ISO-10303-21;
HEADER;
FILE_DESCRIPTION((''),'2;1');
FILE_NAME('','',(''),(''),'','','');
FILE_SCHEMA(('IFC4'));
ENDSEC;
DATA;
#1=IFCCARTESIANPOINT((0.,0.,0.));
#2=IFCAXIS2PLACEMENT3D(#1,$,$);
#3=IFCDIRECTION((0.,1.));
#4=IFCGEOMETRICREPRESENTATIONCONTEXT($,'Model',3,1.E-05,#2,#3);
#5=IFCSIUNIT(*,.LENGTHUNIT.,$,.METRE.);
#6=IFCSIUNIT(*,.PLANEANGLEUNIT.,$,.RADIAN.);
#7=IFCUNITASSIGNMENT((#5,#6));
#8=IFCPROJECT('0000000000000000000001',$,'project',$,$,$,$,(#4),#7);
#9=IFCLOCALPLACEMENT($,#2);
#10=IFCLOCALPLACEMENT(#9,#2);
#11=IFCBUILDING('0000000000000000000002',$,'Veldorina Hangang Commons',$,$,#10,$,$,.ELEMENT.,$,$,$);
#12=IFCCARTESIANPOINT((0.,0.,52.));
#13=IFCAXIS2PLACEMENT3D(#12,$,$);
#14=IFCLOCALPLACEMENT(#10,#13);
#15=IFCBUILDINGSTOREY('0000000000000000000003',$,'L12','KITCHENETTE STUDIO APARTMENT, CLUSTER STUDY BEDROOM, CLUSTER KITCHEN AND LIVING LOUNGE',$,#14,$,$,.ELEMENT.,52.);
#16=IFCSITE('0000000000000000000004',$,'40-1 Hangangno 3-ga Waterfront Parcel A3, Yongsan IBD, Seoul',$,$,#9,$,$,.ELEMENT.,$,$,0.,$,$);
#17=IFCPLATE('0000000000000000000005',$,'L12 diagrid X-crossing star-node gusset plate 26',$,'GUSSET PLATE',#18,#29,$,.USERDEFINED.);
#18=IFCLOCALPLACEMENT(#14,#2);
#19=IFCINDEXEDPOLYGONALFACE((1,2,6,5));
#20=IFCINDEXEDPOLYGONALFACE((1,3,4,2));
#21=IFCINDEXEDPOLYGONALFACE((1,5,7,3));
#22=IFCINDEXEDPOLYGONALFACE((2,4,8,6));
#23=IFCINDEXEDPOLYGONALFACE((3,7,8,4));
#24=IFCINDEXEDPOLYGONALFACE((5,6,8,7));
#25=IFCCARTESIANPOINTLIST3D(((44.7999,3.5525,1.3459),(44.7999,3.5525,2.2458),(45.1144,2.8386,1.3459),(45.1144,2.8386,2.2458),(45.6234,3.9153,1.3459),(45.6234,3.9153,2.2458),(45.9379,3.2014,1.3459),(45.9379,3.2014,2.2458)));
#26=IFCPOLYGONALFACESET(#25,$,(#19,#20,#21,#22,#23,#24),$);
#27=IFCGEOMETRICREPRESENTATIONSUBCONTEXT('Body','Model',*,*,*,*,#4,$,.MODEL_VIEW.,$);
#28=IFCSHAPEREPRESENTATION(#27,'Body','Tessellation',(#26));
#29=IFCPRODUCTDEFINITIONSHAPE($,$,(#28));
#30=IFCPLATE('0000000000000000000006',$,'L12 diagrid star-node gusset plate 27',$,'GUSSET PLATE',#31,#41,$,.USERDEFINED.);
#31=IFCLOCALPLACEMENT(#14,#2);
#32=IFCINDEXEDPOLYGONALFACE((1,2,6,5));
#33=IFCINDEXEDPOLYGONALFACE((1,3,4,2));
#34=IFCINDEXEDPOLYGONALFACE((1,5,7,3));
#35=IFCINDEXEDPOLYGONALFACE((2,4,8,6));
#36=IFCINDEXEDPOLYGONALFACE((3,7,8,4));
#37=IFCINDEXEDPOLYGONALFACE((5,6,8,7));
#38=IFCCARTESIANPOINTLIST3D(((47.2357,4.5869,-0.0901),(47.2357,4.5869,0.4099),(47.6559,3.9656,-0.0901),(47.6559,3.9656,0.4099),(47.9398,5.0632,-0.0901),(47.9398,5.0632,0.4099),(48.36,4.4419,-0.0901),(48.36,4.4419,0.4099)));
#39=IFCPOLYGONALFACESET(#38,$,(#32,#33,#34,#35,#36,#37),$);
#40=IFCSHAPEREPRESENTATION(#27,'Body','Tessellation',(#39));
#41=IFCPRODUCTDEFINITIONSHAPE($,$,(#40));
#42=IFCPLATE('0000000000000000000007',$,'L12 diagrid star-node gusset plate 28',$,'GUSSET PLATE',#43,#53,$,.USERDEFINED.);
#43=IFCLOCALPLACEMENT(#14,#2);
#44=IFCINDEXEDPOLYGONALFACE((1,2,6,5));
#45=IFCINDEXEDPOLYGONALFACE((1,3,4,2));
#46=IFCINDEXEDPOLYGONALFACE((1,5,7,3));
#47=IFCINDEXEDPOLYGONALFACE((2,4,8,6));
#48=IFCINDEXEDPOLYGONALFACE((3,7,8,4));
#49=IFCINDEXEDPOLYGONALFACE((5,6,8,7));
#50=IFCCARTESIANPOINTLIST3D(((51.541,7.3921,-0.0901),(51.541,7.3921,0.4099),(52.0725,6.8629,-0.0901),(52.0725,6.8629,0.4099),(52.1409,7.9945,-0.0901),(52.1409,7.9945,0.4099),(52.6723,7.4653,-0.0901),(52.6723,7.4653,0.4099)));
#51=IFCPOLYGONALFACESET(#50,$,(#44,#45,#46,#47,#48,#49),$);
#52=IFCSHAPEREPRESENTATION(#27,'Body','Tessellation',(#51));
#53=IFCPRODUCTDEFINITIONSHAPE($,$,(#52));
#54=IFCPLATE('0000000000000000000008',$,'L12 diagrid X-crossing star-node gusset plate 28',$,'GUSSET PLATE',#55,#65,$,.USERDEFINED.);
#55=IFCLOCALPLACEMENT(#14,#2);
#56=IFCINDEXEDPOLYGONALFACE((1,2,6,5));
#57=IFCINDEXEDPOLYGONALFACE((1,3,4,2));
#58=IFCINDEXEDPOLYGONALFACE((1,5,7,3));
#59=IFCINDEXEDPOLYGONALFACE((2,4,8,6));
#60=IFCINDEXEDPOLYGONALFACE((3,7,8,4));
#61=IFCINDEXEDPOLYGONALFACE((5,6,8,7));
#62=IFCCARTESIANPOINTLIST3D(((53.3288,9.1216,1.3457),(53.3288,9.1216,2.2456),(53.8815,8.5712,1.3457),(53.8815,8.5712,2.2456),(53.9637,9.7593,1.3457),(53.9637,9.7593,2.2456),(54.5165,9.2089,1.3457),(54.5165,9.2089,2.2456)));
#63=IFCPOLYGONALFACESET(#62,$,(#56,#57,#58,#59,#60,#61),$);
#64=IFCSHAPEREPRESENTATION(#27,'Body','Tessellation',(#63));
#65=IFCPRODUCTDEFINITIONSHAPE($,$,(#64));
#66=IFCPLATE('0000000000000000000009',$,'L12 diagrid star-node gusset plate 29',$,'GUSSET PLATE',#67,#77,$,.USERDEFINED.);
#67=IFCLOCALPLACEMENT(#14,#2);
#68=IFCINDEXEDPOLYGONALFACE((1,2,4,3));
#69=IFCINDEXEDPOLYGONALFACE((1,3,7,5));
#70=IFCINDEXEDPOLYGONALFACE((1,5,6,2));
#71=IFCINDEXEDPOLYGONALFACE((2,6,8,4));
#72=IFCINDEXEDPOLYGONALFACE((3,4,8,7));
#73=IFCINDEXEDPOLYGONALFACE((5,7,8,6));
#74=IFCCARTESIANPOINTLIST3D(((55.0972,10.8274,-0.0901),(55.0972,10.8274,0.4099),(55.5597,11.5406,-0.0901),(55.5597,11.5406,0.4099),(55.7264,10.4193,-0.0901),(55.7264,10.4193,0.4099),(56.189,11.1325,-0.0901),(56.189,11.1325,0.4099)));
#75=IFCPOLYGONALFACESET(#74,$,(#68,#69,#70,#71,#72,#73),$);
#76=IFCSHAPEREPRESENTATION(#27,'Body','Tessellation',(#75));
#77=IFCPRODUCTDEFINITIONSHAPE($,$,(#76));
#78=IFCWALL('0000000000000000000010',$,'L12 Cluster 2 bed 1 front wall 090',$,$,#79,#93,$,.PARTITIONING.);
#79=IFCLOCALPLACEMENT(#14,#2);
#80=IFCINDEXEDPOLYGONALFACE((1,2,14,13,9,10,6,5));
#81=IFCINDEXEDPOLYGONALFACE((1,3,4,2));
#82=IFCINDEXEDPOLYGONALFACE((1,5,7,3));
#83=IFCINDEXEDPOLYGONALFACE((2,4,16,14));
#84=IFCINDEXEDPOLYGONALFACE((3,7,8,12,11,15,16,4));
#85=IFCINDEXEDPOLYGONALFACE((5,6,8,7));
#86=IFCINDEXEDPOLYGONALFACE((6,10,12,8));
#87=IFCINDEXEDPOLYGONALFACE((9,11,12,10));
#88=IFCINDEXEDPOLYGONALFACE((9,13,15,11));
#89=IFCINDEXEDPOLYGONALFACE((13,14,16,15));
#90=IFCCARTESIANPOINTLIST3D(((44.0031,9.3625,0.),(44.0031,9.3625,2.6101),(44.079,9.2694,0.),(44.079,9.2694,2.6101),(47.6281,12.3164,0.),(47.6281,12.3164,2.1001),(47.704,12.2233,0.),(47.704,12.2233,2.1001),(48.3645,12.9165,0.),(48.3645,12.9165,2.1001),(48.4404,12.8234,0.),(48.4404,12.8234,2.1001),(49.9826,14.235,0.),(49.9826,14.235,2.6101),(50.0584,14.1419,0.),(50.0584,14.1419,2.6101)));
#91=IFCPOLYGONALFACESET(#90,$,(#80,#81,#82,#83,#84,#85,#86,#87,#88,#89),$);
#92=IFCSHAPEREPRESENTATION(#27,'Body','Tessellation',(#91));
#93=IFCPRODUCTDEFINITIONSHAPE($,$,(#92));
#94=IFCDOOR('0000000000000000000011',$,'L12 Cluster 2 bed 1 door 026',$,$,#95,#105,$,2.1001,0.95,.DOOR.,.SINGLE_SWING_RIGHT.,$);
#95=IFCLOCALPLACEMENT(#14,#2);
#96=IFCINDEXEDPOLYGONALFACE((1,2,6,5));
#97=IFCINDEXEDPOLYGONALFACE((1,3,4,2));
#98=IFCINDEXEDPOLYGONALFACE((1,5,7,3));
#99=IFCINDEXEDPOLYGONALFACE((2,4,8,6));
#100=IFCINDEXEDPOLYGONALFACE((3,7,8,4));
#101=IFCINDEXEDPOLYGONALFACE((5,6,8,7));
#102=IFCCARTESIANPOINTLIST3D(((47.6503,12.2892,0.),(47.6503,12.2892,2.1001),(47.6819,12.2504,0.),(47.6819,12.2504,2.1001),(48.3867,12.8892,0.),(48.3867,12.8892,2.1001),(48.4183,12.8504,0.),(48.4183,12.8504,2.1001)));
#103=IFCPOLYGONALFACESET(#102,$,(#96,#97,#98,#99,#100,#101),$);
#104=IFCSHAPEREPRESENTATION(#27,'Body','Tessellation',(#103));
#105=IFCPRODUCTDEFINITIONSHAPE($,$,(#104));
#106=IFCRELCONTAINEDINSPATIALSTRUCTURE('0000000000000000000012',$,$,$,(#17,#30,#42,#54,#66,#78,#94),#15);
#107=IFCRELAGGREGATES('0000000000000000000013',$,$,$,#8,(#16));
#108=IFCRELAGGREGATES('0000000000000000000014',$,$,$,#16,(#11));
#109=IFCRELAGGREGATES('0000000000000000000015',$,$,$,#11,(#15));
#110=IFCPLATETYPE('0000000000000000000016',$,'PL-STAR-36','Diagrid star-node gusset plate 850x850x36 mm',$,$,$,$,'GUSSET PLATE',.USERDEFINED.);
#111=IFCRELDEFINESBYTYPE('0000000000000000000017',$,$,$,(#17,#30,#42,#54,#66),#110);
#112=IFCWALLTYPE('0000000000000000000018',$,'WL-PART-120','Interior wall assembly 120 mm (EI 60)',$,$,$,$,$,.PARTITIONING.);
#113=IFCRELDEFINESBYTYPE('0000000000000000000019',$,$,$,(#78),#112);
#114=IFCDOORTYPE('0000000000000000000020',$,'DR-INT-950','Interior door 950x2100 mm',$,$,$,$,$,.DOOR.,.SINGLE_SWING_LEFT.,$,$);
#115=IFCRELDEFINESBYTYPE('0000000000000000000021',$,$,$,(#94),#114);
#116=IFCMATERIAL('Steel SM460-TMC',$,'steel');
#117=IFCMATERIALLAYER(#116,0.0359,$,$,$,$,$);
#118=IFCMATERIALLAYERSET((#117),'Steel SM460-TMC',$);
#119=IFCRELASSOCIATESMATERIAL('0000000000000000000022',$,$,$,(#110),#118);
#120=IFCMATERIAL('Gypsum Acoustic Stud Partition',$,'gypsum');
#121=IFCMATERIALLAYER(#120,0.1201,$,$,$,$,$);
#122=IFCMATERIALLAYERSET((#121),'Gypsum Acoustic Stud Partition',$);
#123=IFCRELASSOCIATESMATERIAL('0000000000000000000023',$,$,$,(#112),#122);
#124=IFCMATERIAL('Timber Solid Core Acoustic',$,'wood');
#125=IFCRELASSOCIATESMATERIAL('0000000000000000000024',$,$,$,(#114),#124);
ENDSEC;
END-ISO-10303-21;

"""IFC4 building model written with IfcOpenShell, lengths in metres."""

from ifc_helpers import new_model, si_unit, direction, frame, frame_2d, origin, origin_2d, place, context, subcontext, project, spatial, rectangle, extrude, material, layer, layer_set, type_object, element, fill, save


model = new_model("IFC4")

# Units and contexts
model_context = context("Model", 3, precision=1e-05, world=origin(), true_north=direction((0.0, 1.0)))
body_context = subcontext(model_context, "Body", "Model", "MODEL_VIEW")
ifc_project = project(units=[si_unit("LENGTHUNIT", "METRE"), si_unit("PLANEANGLEUNIT", "RADIAN")], contexts=[model_context])

# Site, building, storey
site_placement = place(None, origin())
site = spatial("IfcSite", under=ifc_project, at=site_placement, Name="40-1 Hangangno 3-ga Waterfront Parcel A3, Yongsan IBD, Seoul", CompositionType="ELEMENT", RefElevation=0.0)
building_placement = place(site_placement, origin())
building = spatial("IfcBuilding", under=site, at=building_placement, Name="Veldorina Hangang Commons", CompositionType="ELEMENT")
storey_placement = place(building_placement, frame((0.0, 0.0, 52.0)))
storey = spatial("IfcBuildingStorey", under=building, at=storey_placement, Name="L12", Description="KITCHENETTE STUDIO APARTMENT, CLUSTER STUDY BEDROOM, CLUSTER KITCHEN AND LIVING LOUNGE", CompositionType="ELEMENT", Elevation=52.0)

# Shared definitions
ifc_material_1 = material(Name="Steel SM460-TMC", Category="steel")

# Plates
ifc_layer_1 = layer(ifc_material_1, 0.0359)
ifc_layer_set_1 = layer_set([ifc_layer_1], Name="Steel SM460-TMC")
plate_type_1 = type_object("IfcPlateType", Name="PL-STAR-36", Description="Diagrid star-node gusset plate 850x850x36 mm", ElementType="GUSSET PLATE", PredefinedType="USERDEFINED", material=ifc_layer_set_1)
plate_1_placement = place(storey_placement, frame((45.3689, 3.377, 1.3459), z_axis=(0.0, 0.0, 1.0), x_axis=(0.915143, 0.40313, 0.0)))
element("IfcPlate", 1, at=plate_1_placement, inside=storey, type_object=plate_type_1, Name="L12 diagrid X-crossing star-node gusset plate 26", ObjectType="GUSSET PLATE", PredefinedType="USERDEFINED", context=body_context, shape_type="SweptSolid", body=[
    extrude(rectangle(XDim=0.8999, YDim=0.78, at=origin_2d()), origin(), (0.0, 0.0, 1.0), 0.8999),
])
for number, where, z_axis, x_axis, name in (
    (2, (47.7979, 4.5144, -0.0901), (0.0, 0.0, 1.0), (0.828315, 0.560263, 0.0), "L12 diagrid star-node gusset plate 27"),
    (3, (52.1067, 7.4287, -0.0901), (0.0, 0.0, 1.0), (0.705612, 0.708599, 0.0), "L12 diagrid star-node gusset plate 28"),
):
    element("IfcPlate", number, at=place(storey_placement, frame(where, z_axis=z_axis, x_axis=x_axis)), inside=storey, type_object=plate_type_1, Name=name, ObjectType="GUSSET PLATE", PredefinedType="USERDEFINED", context=body_context, shape_type="SweptSolid", body=[
        extrude(rectangle(XDim=0.8501, YDim=0.75, at=origin_2d()), origin(), (0.0, 0.0, 1.0), 0.5),
    ])
plate_2_placement = place(storey_placement, frame((53.9226, 9.1653, 1.3457), z_axis=(0.0, 0.0, 1.0), x_axis=(0.705612, 0.708599, 0.0)))
element("IfcPlate", 4, at=plate_2_placement, inside=storey, type_object=plate_type_1, Name="L12 diagrid X-crossing star-node gusset plate 28", ObjectType="GUSSET PLATE", PredefinedType="USERDEFINED", context=body_context, shape_type="SweptSolid", body=[
    extrude(rectangle(XDim=0.8999, YDim=0.78, at=origin_2d()), origin(), (0.0, 0.0, 1.0), 0.8999),
])
plate_3_placement = place(storey_placement, frame((55.6431, 10.98, -0.0901), z_axis=(0.0, 0.0, 1.0), x_axis=(0.544141, 0.838994, 0.0)))
element("IfcPlate", 5, at=plate_3_placement, inside=storey, type_object=plate_type_1, Name="L12 diagrid star-node gusset plate 29", ObjectType="GUSSET PLATE", PredefinedType="USERDEFINED", context=body_context, shape_type="SweptSolid", body=[
    extrude(rectangle(XDim=0.8501, YDim=0.75, at=origin_2d()), origin(), (0.0, 0.0, 1.0), 0.5),
])

# Wall, opening, door
ifc_material_2 = material(Name="Gypsum Acoustic Stud Partition", Category="gypsum")
ifc_layer_2 = layer(ifc_material_2, 0.1201)
ifc_layer_set_2 = layer_set([ifc_layer_2], Name="Gypsum Acoustic Stud Partition")
wall_type = type_object("IfcWallType", Name="WL-PART-120", Description="Interior wall assembly 120 mm (EI 60)", PredefinedType="PARTITIONING", material=ifc_layer_set_2)
wall_placement = place(storey_placement, frame((44.041, 9.3159, 0.0), z_axis=(0.0, 0.0, 1.0), x_axis=(0.775211, 0.631703, 0.0)))
wall = element("IfcWall", 6, at=wall_placement, inside=storey, type_object=wall_type, Name="L12 Cluster 2 bed 1 front wall 090", PredefinedType="PARTITIONING", context=body_context, shape_type="SweptSolid", body=[
    extrude(rectangle(XDim=7.7134, YDim=0.1201, at=frame_2d((3.8567, 0.0))), origin(), (0.0, 0.0, 1.0), 2.6101),
])
opening_placement = place(wall_placement, frame((4.676, 0.0, 0.0)))
opening = element("IfcOpeningElement", 7, at=opening_placement, cuts=wall, PredefinedType="OPENING", context=body_context, shape_type="SweptSolid", body=[
    extrude(rectangle(XDim=0.95, YDim=2.1001, at=frame_2d((0.4751, 1.05))), frame((0.0, 0.0701, 0.0), z_axis=(0.0, -1.0, 0.0), x_axis=(1.0, 0.0, 0.0)), (0.0, 0.0, 1.0), 0.1401),
])
ifc_material_3 = material(Name="Timber Solid Core Acoustic", Category="wood")
door_type = type_object("IfcDoorType", Name="DR-INT-950", Description="Interior door 950x2100 mm", OperationType="SINGLE_SWING_LEFT", PredefinedType="DOOR", material=ifc_material_3)
door_placement = place(opening_placement, origin())
door = element("IfcDoor", 8, at=door_placement, inside=storey, type_object=door_type, Name="L12 Cluster 2 bed 1 door 026", OperationType="SINGLE_SWING_RIGHT", OverallHeight=2.1001, OverallWidth=0.95, PredefinedType="DOOR", context=body_context, shape_type="SweptSolid", body=[
    extrude(rectangle(XDim=0.95, YDim=2.1001, at=frame_2d((0.4751, 1.05))), frame((0.0, 0.0249, 0.0), z_axis=(0.0, -1.0, 0.0), x_axis=(1.0, 0.0, 0.0)), (0.0, 0.0, 1.0), 0.05),
])
fill(opening, door)

save(model, "model.ifc")
